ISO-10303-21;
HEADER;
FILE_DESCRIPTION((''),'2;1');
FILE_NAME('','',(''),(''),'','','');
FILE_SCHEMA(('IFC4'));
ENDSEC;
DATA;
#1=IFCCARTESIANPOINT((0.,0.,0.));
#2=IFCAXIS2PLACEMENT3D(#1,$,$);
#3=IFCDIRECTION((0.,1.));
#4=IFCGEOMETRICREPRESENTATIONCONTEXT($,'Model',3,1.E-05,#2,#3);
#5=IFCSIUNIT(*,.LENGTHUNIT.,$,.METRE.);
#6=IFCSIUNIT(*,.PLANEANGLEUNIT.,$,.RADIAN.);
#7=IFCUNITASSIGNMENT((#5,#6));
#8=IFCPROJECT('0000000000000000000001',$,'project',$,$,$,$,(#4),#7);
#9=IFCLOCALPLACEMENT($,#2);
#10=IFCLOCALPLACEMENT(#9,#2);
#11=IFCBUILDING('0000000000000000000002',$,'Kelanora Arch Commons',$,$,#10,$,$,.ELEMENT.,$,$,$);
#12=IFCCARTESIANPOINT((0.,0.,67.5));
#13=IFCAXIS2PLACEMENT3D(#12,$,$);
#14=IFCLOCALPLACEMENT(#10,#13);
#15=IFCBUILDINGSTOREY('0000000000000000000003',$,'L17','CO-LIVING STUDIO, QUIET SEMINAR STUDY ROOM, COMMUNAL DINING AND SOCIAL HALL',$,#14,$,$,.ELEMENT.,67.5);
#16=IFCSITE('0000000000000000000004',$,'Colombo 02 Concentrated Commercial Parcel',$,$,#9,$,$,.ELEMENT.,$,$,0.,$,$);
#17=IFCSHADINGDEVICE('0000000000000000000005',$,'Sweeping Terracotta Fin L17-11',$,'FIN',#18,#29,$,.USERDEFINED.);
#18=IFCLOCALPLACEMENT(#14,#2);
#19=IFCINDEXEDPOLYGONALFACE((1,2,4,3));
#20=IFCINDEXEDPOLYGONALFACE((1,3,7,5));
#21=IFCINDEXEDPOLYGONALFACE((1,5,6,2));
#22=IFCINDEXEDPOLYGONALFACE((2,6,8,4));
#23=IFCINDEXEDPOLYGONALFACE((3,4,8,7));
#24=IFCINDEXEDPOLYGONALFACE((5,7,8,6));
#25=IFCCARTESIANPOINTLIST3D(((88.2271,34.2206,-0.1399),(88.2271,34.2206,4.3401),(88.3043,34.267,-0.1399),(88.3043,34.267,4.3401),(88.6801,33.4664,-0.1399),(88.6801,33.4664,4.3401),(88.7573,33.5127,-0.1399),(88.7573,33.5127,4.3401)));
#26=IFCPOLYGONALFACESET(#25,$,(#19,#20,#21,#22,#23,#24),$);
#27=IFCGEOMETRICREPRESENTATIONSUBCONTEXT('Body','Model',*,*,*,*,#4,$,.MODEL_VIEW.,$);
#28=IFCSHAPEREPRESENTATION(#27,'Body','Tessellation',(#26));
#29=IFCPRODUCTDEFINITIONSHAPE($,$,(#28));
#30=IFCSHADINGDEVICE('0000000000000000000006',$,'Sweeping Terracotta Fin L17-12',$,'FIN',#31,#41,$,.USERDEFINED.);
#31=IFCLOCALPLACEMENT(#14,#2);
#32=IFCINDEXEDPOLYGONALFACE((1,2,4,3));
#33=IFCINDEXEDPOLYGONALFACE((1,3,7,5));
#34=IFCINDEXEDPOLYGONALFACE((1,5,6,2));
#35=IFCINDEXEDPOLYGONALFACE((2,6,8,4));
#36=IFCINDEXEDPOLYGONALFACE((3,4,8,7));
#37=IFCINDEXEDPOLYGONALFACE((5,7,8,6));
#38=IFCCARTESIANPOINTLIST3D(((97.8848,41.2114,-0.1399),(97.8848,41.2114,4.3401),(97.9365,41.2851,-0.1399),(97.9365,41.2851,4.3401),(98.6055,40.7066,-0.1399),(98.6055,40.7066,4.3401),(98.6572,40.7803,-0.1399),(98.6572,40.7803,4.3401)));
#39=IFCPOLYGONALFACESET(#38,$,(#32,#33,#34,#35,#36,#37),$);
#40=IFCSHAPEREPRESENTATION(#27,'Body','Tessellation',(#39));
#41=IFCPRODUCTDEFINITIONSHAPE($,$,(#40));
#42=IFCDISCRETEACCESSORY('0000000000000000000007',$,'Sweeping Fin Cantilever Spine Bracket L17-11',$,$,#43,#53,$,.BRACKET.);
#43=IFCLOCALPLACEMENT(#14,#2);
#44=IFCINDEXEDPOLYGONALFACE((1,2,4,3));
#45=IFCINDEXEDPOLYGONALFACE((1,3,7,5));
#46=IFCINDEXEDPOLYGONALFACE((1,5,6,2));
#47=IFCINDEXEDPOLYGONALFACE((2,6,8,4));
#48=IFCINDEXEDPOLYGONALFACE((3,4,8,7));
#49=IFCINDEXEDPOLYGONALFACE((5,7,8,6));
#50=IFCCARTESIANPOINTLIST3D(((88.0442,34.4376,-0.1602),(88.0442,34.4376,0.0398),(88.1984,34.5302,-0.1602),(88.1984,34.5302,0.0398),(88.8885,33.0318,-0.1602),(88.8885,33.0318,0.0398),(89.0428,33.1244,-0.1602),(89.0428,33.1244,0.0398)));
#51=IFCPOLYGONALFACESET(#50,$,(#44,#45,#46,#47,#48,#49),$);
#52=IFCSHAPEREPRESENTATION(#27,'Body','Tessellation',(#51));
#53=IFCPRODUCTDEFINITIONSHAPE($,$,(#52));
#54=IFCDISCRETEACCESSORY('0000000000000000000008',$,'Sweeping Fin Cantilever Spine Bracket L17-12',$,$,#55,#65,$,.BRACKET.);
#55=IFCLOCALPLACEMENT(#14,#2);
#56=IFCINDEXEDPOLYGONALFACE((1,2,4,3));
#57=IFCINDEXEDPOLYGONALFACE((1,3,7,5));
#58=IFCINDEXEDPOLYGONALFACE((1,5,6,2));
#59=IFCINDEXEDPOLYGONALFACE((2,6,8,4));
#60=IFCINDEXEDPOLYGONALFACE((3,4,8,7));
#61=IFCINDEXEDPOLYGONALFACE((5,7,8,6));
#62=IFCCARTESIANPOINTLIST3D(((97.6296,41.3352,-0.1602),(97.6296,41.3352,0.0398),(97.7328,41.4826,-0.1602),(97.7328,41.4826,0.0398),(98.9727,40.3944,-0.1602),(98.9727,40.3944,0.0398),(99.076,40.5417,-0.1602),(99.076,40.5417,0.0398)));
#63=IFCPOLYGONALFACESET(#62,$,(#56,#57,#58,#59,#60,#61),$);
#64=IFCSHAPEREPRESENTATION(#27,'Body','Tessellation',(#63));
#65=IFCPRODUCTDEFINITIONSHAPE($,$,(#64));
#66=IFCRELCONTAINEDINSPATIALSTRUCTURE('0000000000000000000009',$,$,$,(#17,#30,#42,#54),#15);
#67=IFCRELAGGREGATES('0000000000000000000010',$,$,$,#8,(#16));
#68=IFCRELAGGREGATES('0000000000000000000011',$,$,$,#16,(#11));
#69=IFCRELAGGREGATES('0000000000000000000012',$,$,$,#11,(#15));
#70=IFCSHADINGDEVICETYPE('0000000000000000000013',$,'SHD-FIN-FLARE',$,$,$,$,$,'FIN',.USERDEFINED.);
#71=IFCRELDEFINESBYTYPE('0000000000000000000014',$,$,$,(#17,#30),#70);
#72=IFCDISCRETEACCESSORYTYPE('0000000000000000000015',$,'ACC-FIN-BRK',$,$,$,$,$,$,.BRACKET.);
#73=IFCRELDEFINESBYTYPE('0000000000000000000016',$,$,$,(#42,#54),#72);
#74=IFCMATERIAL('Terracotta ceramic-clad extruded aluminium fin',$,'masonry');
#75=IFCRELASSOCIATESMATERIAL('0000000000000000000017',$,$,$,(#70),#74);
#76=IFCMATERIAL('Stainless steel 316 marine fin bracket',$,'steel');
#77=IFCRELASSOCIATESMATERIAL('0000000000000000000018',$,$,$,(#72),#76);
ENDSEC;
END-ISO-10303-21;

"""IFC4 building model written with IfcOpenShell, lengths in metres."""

from ifc_helpers import new_model, si_unit, direction, frame, origin, origin_2d, place, context, subcontext, project, spatial, rectangle, extrude, source, transform, mapped, material, type_object, element, save


model = new_model("IFC4")

# Units and contexts
model_context = context("Model", 3, precision=1e-05, world=origin(), true_north=direction((0.0, 1.0)))
body_context = subcontext(model_context, "Body", "Model", "MODEL_VIEW")
ifc_project = project(units=[si_unit("LENGTHUNIT", "METRE"), si_unit("PLANEANGLEUNIT", "RADIAN")], contexts=[model_context])

# Site, building, storey
site_placement = place(None, origin())
site = spatial("IfcSite", under=ifc_project, at=site_placement, Name="Colombo 02 Concentrated Commercial Parcel", CompositionType="ELEMENT", RefElevation=0.0)
building_placement = place(site_placement, origin())
building = spatial("IfcBuilding", under=site, at=building_placement, Name="Kelanora Arch Commons", CompositionType="ELEMENT")
storey_placement = place(building_placement, frame((0.0, 0.0, 67.5)))
storey = spatial("IfcBuildingStorey", under=building, at=storey_placement, Name="L17", Description="CO-LIVING STUDIO, QUIET SEMINAR STUDY ROOM, COMMUNAL DINING AND SOCIAL HALL", CompositionType="ELEMENT", Elevation=67.5)

# Shading devices
ifc_material_1 = material(Name="Terracotta ceramic-clad extruded aluminium fin", Category="masonry")
shading_device_type = type_object("IfcShadingDeviceType", Name="SHD-FIN-FLARE", ElementType="FIN", PredefinedType="USERDEFINED", material=ifc_material_1)
shared_shape_1 = source(origin(), body_context, "Body", "SweptSolid", [
    extrude(rectangle(XDim=0.8799, YDim=0.0901, at=origin_2d()), origin(), (0.0, 0.0, 1.0), 4.48),
])
for number, where, z_axis, x_axis, name in (
    (1, (88.4922, 33.8667, -0.1399), (0.0, 0.0, 1.0), (0.514888, -0.857257, 0.0), "Sweeping Terracotta Fin L17-11"),
    (2, (98.271, 40.9958, -0.1399), (0.0, 0.0, 1.0), (0.819052, -0.573719, 0.0), "Sweeping Terracotta Fin L17-12"),
):
    element("IfcShadingDevice", number, at=place(storey_placement, frame(where, z_axis=z_axis, x_axis=x_axis)), inside=storey, type_object=shading_device_type, Name=name, ObjectType="FIN", PredefinedType="USERDEFINED", context=body_context, shape_type="MappedRepresentation", body=[
        mapped(shared_shape_1, transform((0.0, 0.0, 0.0), scale=1.0)),
    ])

# Discrete accessories
ifc_material_2 = material(Name="Stainless steel 316 marine fin bracket", Category="steel")
discrete_accessory_type = type_object("IfcDiscreteAccessoryType", Name="ACC-FIN-BRK", PredefinedType="BRACKET", material=ifc_material_2)
shared_shape_2 = source(origin(), body_context, "Body", "SweptSolid", [
    extrude(rectangle(XDim=1.6399, YDim=0.1799, at=origin_2d()), origin(), (0.0, 0.0, 1.0), 0.2),
])
for number, where, z_axis, x_axis, name in (
    (3, (88.5435, 33.781, -0.1602), (0.0, 0.0, 1.0), (0.514888, -0.857257, 0.0), "Sweeping Fin Cantilever Spine Bracket L17-11"),
    (4, (98.3528, 40.9385, -0.1602), (0.0, 0.0, 1.0), (0.819052, -0.573719, 0.0), "Sweeping Fin Cantilever Spine Bracket L17-12"),
):
    element("IfcDiscreteAccessory", number, at=place(storey_placement, frame(where, z_axis=z_axis, x_axis=x_axis)), inside=storey, type_object=discrete_accessory_type, Name=name, PredefinedType="BRACKET", context=body_context, shape_type="MappedRepresentation", body=[
        mapped(shared_shape_2, transform((0.0, 0.0, 0.0), scale=1.0)),
    ])

save(model, "model.ifc")
